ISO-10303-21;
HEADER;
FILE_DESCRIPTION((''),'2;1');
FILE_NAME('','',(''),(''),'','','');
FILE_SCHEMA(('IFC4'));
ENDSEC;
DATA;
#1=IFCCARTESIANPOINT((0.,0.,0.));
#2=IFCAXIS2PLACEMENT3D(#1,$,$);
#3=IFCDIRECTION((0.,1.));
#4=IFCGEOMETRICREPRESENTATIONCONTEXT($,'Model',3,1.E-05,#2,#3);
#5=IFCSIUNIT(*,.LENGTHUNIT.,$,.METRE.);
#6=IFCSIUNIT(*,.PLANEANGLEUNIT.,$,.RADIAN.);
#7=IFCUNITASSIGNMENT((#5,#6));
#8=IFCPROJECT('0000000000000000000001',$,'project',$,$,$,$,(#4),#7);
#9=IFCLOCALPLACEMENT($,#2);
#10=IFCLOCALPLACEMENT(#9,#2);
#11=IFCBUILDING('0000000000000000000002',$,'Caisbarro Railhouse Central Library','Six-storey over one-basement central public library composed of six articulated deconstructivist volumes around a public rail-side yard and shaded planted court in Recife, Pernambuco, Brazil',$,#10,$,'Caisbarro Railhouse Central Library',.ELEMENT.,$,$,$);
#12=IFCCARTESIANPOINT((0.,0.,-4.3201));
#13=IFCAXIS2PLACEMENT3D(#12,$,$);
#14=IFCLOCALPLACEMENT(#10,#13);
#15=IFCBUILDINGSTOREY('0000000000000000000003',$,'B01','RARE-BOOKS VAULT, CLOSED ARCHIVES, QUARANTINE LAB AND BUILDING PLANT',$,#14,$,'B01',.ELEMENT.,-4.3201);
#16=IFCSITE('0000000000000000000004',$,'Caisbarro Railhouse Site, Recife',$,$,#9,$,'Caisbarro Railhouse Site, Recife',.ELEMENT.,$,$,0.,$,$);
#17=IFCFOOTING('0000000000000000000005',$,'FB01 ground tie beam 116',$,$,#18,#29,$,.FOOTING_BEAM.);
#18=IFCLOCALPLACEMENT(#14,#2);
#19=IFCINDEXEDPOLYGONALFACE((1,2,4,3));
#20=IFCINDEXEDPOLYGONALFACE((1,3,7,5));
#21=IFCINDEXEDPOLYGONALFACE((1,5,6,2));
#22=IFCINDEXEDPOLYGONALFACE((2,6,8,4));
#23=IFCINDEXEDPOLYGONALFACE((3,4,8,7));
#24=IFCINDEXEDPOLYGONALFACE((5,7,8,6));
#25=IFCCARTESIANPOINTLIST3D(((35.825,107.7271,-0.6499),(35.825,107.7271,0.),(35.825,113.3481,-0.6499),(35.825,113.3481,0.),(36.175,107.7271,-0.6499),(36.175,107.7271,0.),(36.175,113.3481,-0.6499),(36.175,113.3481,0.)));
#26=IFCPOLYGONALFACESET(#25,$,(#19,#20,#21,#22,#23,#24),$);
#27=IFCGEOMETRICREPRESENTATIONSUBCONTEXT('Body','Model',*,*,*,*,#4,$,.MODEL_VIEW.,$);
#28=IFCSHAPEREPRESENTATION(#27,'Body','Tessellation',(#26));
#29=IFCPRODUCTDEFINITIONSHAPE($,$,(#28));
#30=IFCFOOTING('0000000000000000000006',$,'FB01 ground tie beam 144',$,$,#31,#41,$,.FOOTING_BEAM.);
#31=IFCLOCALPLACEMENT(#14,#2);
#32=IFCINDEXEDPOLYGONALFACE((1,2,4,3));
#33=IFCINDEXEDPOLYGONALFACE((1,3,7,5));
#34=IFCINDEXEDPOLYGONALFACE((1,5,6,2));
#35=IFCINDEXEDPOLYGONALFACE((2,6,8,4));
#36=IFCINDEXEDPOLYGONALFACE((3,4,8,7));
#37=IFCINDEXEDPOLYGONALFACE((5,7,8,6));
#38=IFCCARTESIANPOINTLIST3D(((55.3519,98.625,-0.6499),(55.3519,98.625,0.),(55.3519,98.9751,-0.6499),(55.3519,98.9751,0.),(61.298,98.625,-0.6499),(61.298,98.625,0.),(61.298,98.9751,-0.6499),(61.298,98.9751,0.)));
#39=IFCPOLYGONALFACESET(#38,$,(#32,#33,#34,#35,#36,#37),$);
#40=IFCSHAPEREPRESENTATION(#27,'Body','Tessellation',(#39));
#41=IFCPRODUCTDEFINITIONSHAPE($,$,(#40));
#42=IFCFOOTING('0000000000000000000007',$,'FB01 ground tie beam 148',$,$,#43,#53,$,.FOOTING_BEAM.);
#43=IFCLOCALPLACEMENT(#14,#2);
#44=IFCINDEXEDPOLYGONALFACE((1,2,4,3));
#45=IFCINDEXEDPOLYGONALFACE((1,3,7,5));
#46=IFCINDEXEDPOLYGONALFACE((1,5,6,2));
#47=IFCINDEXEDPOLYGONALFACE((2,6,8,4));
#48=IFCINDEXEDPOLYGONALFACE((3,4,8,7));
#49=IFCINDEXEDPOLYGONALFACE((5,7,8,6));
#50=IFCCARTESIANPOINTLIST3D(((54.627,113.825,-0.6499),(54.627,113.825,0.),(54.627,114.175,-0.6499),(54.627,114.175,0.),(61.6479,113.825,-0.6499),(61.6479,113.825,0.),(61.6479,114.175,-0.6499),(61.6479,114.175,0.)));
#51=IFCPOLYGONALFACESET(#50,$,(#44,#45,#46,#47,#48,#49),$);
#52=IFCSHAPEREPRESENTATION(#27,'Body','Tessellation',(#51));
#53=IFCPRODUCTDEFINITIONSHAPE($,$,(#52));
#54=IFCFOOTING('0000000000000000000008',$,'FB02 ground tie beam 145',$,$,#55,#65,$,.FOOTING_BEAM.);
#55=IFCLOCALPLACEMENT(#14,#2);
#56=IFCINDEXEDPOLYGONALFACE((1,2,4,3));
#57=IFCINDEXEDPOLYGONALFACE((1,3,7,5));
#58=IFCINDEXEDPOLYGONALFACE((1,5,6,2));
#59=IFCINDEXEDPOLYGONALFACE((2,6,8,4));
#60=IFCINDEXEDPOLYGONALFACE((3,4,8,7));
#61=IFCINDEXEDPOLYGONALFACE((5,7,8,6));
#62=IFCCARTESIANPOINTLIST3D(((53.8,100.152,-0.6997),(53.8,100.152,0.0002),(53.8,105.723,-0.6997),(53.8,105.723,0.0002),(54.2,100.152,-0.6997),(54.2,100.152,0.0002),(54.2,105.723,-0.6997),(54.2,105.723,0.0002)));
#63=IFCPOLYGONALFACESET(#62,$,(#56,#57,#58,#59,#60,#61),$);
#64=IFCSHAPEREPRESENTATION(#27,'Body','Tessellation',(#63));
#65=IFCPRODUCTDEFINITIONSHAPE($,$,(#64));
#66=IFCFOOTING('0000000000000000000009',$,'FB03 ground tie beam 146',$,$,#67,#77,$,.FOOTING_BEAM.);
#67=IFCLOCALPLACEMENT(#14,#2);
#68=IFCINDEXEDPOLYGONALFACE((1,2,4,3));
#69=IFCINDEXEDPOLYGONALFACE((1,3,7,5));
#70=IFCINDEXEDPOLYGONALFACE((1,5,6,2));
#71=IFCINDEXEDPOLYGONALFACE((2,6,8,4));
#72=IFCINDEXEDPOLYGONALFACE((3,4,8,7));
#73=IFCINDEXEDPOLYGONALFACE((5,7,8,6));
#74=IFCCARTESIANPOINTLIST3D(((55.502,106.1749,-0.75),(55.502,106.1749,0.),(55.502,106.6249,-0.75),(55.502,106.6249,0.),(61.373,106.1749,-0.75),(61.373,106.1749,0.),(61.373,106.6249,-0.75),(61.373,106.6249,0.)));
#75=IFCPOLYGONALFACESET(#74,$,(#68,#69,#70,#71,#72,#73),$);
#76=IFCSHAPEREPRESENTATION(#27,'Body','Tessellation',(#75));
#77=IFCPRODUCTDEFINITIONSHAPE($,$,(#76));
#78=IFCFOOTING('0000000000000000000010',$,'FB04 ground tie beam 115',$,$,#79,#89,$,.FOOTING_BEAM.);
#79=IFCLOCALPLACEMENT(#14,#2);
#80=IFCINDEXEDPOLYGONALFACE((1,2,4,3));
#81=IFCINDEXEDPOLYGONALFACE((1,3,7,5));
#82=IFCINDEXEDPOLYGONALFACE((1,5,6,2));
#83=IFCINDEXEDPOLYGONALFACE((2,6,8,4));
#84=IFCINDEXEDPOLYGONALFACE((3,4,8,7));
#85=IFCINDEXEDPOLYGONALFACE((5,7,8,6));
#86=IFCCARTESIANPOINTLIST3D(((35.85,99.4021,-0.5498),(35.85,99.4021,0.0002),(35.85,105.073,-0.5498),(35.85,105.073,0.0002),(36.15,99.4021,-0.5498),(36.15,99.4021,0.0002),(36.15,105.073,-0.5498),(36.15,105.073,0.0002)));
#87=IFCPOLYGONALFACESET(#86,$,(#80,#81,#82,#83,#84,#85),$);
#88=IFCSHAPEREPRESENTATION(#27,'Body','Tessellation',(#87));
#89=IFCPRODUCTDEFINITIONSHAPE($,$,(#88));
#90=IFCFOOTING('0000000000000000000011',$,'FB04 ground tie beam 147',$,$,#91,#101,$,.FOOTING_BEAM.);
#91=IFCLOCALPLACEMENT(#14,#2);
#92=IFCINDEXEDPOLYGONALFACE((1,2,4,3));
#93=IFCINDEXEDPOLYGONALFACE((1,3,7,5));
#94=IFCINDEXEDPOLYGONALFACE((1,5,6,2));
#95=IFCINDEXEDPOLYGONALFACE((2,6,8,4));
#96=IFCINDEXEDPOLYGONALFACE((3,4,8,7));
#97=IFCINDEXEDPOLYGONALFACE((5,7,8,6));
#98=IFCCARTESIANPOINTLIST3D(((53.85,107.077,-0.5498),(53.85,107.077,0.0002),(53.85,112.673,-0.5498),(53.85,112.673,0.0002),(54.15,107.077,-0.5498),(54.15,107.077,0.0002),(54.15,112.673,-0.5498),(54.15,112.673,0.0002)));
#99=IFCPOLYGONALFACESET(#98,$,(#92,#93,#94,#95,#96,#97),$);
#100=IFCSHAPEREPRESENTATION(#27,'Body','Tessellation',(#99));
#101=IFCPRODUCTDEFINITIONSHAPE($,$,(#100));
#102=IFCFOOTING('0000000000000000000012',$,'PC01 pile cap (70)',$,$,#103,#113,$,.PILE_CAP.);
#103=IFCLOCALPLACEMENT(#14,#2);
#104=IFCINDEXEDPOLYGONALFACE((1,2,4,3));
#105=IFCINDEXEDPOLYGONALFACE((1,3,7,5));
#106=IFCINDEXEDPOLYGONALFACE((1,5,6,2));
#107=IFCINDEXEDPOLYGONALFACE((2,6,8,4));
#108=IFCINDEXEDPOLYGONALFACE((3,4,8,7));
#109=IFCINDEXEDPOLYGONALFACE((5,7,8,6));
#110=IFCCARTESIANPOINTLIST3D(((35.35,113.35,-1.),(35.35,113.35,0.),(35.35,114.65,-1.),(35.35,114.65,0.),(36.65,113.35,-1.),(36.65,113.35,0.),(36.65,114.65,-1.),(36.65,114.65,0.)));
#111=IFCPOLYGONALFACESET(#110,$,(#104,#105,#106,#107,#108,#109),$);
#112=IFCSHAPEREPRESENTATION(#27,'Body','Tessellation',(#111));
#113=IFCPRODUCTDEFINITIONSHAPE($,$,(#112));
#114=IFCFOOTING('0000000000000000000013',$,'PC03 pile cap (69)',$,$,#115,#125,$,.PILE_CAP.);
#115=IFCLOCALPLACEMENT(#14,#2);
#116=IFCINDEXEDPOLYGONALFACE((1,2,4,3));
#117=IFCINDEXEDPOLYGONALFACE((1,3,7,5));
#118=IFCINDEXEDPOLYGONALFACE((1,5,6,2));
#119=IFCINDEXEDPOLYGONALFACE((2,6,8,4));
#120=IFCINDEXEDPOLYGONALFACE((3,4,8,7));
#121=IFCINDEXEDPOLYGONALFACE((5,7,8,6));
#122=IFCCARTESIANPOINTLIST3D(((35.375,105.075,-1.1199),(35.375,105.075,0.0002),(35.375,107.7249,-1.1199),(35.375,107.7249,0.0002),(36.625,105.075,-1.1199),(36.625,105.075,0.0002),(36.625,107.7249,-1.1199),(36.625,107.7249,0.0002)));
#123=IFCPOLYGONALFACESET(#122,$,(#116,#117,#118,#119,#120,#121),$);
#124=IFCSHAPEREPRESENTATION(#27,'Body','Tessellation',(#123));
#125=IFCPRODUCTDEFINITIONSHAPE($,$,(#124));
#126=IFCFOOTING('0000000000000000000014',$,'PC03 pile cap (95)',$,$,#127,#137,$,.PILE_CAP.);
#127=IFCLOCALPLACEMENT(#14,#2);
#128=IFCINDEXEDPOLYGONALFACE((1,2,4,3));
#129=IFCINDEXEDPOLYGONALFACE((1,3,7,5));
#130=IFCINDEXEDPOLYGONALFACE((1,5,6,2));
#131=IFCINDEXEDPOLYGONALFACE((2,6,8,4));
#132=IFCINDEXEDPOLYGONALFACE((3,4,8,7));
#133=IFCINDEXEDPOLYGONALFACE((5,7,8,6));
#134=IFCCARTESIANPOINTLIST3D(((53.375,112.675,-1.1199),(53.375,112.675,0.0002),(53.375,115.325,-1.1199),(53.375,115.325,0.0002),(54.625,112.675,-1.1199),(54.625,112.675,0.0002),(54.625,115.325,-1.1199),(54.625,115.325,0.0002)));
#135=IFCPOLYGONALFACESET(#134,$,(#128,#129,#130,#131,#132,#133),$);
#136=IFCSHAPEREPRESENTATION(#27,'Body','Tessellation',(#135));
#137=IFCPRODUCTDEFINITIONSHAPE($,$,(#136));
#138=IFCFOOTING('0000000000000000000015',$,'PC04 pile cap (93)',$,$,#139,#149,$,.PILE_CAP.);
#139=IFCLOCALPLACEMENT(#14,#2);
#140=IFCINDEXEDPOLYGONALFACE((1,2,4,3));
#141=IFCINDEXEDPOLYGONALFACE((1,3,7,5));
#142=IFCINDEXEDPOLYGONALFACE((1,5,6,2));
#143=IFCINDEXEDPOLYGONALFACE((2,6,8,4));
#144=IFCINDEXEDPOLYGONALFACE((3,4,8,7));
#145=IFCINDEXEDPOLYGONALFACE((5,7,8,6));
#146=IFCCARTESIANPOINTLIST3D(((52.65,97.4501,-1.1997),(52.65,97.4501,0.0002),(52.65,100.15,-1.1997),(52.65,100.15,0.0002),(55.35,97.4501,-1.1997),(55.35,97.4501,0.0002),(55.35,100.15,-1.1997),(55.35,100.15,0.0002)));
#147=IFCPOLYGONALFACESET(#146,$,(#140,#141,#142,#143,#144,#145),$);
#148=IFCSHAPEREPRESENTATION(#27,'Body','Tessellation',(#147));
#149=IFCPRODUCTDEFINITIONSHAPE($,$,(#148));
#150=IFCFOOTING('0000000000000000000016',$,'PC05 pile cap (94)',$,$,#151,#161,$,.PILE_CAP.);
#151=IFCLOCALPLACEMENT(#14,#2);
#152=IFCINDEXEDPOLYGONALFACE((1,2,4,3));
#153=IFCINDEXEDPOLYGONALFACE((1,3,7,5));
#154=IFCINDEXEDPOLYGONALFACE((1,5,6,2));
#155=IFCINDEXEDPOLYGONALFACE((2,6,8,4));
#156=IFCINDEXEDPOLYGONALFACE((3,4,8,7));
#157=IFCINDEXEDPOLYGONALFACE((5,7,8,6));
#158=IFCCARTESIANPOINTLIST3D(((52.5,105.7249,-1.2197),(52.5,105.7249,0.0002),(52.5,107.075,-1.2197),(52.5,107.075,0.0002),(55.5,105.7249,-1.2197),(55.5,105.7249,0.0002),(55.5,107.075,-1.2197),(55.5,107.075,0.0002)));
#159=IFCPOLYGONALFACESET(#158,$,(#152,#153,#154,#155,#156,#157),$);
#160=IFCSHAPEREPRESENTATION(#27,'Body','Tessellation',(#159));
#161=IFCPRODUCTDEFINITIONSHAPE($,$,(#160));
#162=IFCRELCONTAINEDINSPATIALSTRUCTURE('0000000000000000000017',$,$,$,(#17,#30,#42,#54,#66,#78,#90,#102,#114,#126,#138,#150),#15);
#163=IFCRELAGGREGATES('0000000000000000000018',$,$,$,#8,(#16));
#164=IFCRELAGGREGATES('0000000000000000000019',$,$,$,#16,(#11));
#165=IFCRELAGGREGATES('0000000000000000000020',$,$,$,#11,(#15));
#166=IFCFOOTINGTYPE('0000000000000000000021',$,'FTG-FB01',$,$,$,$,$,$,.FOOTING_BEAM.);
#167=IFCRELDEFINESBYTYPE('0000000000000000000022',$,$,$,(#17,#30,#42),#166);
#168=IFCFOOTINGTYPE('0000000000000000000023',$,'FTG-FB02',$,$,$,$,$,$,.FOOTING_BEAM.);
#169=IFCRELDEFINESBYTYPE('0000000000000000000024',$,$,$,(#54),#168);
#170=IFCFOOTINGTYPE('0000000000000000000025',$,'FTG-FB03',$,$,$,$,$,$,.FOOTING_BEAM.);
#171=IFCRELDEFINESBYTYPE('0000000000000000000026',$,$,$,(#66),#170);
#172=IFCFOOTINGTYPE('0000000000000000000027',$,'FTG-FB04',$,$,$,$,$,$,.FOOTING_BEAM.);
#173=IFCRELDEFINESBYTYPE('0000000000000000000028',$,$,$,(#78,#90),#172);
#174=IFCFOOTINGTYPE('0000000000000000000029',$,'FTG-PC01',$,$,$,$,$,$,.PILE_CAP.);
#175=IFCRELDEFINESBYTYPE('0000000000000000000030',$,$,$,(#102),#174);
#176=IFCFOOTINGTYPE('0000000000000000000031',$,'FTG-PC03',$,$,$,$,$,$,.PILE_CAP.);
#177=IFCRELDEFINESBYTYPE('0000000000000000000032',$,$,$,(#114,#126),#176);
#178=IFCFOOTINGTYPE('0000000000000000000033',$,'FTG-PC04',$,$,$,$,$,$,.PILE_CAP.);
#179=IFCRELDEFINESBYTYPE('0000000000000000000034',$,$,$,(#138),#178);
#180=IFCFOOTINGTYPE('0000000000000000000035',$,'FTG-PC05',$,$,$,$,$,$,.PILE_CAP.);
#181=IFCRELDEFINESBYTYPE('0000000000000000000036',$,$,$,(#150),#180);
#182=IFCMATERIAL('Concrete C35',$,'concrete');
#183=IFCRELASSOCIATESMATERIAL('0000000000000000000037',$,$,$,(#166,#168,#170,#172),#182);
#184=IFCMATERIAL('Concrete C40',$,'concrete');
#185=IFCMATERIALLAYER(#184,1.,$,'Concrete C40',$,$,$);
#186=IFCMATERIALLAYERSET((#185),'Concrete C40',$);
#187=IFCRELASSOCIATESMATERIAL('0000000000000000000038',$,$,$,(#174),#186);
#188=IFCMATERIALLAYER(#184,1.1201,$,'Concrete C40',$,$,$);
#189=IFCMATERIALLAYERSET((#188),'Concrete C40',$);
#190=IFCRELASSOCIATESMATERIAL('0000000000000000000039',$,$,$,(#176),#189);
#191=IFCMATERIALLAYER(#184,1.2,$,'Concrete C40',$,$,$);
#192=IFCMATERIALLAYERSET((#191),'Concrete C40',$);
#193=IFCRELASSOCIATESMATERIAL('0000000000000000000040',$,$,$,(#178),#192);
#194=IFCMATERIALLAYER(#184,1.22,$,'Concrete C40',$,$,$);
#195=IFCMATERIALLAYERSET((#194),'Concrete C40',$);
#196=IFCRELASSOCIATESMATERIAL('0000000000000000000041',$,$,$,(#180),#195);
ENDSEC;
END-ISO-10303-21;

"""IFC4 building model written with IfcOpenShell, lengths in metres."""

from ifc_helpers import new_model, si_unit, direction, frame, origin, origin_2d, place, context, subcontext, project, spatial, rectangle, extrude, material, layer, layer_set, type_object, element, save


model = new_model("IFC4")

# Units and contexts
model_context = context("Model", 3, precision=1e-05, world=origin(), true_north=direction((0.0, 1.0)))
body_context = subcontext(model_context, "Body", "Model", "MODEL_VIEW")
ifc_project = project(units=[si_unit("LENGTHUNIT", "METRE"), si_unit("PLANEANGLEUNIT", "RADIAN")], contexts=[model_context])

# Site, building, storey
site_placement = place(None, origin())
site = spatial("IfcSite", under=ifc_project, at=site_placement, Name="Caisbarro Railhouse Site, Recife", LongName="Caisbarro Railhouse Site, Recife", CompositionType="ELEMENT", RefElevation=0.0)
building_placement = place(site_placement, origin())
building = spatial("IfcBuilding", under=site, at=building_placement, Name="Caisbarro Railhouse Central Library", Description="Six-storey over one-basement central public library composed of six articulated deconstructivist volumes around a public rail-side yard and shaded planted court in Recife, Pernambuco, Brazil", LongName="Caisbarro Railhouse Central Library", CompositionType="ELEMENT")
storey_placement = place(building_placement, frame((0.0, 0.0, -4.3201)))
storey = spatial("IfcBuildingStorey", under=building, at=storey_placement, Name="B01", Description="RARE-BOOKS VAULT, CLOSED ARCHIVES, QUARANTINE LAB AND BUILDING PLANT", LongName="B01", CompositionType="ELEMENT", Elevation=-4.3201)

# Footings
ifc_material_1 = material(Name="Concrete C35", Category="concrete")
footing_type_1 = type_object("IfcFootingType", Name="FTG-FB01", PredefinedType="FOOTING_BEAM", material=ifc_material_1)
footing_1_placement = place(storey_placement, frame((36.0, 110.5376, -0.6499), z_axis=(0.0, 0.0, 1.0), x_axis=(0.0, 1.0, 0.0)))
element("IfcFooting", 1, at=footing_1_placement, inside=storey, type_object=footing_type_1, Name="FB01 ground tie beam 116", PredefinedType="FOOTING_BEAM", context=body_context, shape_type="SweptSolid", body=[
    extrude(rectangle(XDim=5.6211, YDim=0.3501, at=origin_2d()), origin(), (0.0, 0.0, 1.0), 0.6499),
])
footing_2_placement = place(storey_placement, frame((58.325, 98.8, -0.6499), z_axis=(0.0, 0.0, 1.0), x_axis=(1.0, 0.0, 0.0)))
element("IfcFooting", 2, at=footing_2_placement, inside=storey, type_object=footing_type_1, Name="FB01 ground tie beam 144", PredefinedType="FOOTING_BEAM", context=body_context, shape_type="SweptSolid", body=[
    extrude(rectangle(XDim=5.946, YDim=0.3501, at=origin_2d()), origin(), (0.0, 0.0, 1.0), 0.6499),
])
footing_3_placement = place(storey_placement, frame((58.1375, 114.0, -0.6499), z_axis=(0.0, 0.0, 1.0), x_axis=(1.0, 0.0, 0.0)))
element("IfcFooting", 3, at=footing_3_placement, inside=storey, type_object=footing_type_1, Name="FB01 ground tie beam 148", PredefinedType="FOOTING_BEAM", context=body_context, shape_type="SweptSolid", body=[
    extrude(rectangle(XDim=7.021, YDim=0.3501, at=origin_2d()), origin(), (0.0, 0.0, 1.0), 0.6499),
])
footing_type_2 = type_object("IfcFootingType", Name="FTG-FB02", PredefinedType="FOOTING_BEAM", material=ifc_material_1)
footing_4_placement = place(storey_placement, frame((54.0, 102.9375, -0.6997), z_axis=(0.0, 0.0, 1.0), x_axis=(0.0, 1.0, 0.0)))
element("IfcFooting", 4, at=footing_4_placement, inside=storey, type_object=footing_type_2, Name="FB02 ground tie beam 145", PredefinedType="FOOTING_BEAM", context=body_context, shape_type="SweptSolid", body=[
    extrude(rectangle(XDim=5.571, YDim=0.3999, at=origin_2d()), origin(), (0.0, 0.0, 1.0), 0.7),
])
footing_type_3 = type_object("IfcFootingType", Name="FTG-FB03", PredefinedType="FOOTING_BEAM", material=ifc_material_1)
footing_5_placement = place(storey_placement, frame((58.4375, 106.3999, -0.75), z_axis=(0.0, 0.0, 1.0), x_axis=(1.0, 0.0, 0.0)))
element("IfcFooting", 5, at=footing_5_placement, inside=storey, type_object=footing_type_3, Name="FB03 ground tie beam 146", PredefinedType="FOOTING_BEAM", context=body_context, shape_type="SweptSolid", body=[
    extrude(rectangle(XDim=5.8711, YDim=0.45, at=origin_2d()), origin(), (0.0, 0.0, 1.0), 0.75),
])
footing_type_4 = type_object("IfcFootingType", Name="FTG-FB04", PredefinedType="FOOTING_BEAM", material=ifc_material_1)
footing_6_placement = place(storey_placement, frame((36.0, 102.2375, -0.5498), z_axis=(0.0, 0.0, 1.0), x_axis=(0.0, 1.0, 0.0)))
element("IfcFooting", 6, at=footing_6_placement, inside=storey, type_object=footing_type_4, Name="FB04 ground tie beam 115", PredefinedType="FOOTING_BEAM", context=body_context, shape_type="SweptSolid", body=[
    extrude(rectangle(XDim=5.6709, YDim=0.3, at=origin_2d()), origin(), (0.0, 0.0, 1.0), 0.55),
])
footing_7_placement = place(storey_placement, frame((54.0, 109.875, -0.5498), z_axis=(0.0, 0.0, 1.0), x_axis=(0.0, 1.0, 0.0)))
element("IfcFooting", 7, at=footing_7_placement, inside=storey, type_object=footing_type_4, Name="FB04 ground tie beam 147", PredefinedType="FOOTING_BEAM", context=body_context, shape_type="SweptSolid", body=[
    extrude(rectangle(XDim=5.5959, YDim=0.3, at=origin_2d()), origin(), (0.0, 0.0, 1.0), 0.55),
])
ifc_material_2 = material(Name="Concrete C40", Category="concrete")
ifc_layer_1 = layer(ifc_material_2, 1.0, Name="Concrete C40")
ifc_layer_set_1 = layer_set([ifc_layer_1], Name="Concrete C40")
footing_type_5 = type_object("IfcFootingType", Name="FTG-PC01", PredefinedType="PILE_CAP", material=ifc_layer_set_1)
footing_8_placement = place(storey_placement, frame((36.0, 114.0, -1.0), z_axis=(0.0, 0.0, 1.0), x_axis=(1.0, 0.0, 0.0)))
element("IfcFooting", 8, at=footing_8_placement, inside=storey, type_object=footing_type_5, Name="PC01 pile cap (70)", PredefinedType="PILE_CAP", context=body_context, shape_type="SweptSolid", body=[
    extrude(rectangle(XDim=1.3, YDim=1.3, at=origin_2d()), origin(), (0.0, 0.0, 1.0), 1.0),
])
ifc_layer_2 = layer(ifc_material_2, 1.1201, Name="Concrete C40")
ifc_layer_set_2 = layer_set([ifc_layer_2], Name="Concrete C40")
footing_type_6 = type_object("IfcFootingType", Name="FTG-PC03", PredefinedType="PILE_CAP", material=ifc_layer_set_2)
for number, where, z_axis, x_axis, name in (
    (9, (36.0, 106.3999, -1.1199), (0.0, 0.0, 1.0), (1.0, 0.0, 0.0), "PC03 pile cap (69)"),
    (10, (54.0, 114.0, -1.1199), (0.0, 0.0, 1.0), (1.0, 0.0, 0.0), "PC03 pile cap (95)"),
):
    element("IfcFooting", number, at=place(storey_placement, frame(where, z_axis=z_axis, x_axis=x_axis)), inside=storey, type_object=footing_type_6, Name=name, PredefinedType="PILE_CAP", context=body_context, shape_type="SweptSolid", body=[
        extrude(rectangle(XDim=1.25, YDim=2.6499, at=origin_2d()), origin(), (0.0, 0.0, 1.0), 1.1201),
    ])
ifc_layer_3 = layer(ifc_material_2, 1.2, Name="Concrete C40")
ifc_layer_set_3 = layer_set([ifc_layer_3], Name="Concrete C40")
footing_type_7 = type_object("IfcFootingType", Name="FTG-PC04", PredefinedType="PILE_CAP", material=ifc_layer_set_3)
footing_9_placement = place(storey_placement, frame((54.0, 98.8, -1.1997), z_axis=(0.0, 0.0, 1.0), x_axis=(1.0, 0.0, 0.0)))
element("IfcFooting", 11, at=footing_9_placement, inside=storey, type_object=footing_type_7, Name="PC04 pile cap (93)", PredefinedType="PILE_CAP", context=body_context, shape_type="SweptSolid", body=[
    extrude(rectangle(XDim=2.7, YDim=2.7, at=origin_2d()), origin(), (0.0, 0.0, 1.0), 1.2),
])
ifc_layer_4 = layer(ifc_material_2, 1.22, Name="Concrete C40")
ifc_layer_set_4 = layer_set([ifc_layer_4], Name="Concrete C40")
footing_type_8 = type_object("IfcFootingType", Name="FTG-PC05", PredefinedType="PILE_CAP", material=ifc_layer_set_4)
footing_10_placement = place(storey_placement, frame((54.0, 106.3999, -1.2197), z_axis=(0.0, 0.0, 1.0), x_axis=(1.0, 0.0, 0.0)))
element("IfcFooting", 12, at=footing_10_placement, inside=storey, type_object=footing_type_8, Name="PC05 pile cap (94)", PredefinedType="PILE_CAP", context=body_context, shape_type="SweptSolid", body=[
    extrude(rectangle(XDim=3.0, YDim=1.3501, at=origin_2d()), origin(), (0.0, 0.0, 1.0), 1.22),
])

save(model, "model.ifc")
